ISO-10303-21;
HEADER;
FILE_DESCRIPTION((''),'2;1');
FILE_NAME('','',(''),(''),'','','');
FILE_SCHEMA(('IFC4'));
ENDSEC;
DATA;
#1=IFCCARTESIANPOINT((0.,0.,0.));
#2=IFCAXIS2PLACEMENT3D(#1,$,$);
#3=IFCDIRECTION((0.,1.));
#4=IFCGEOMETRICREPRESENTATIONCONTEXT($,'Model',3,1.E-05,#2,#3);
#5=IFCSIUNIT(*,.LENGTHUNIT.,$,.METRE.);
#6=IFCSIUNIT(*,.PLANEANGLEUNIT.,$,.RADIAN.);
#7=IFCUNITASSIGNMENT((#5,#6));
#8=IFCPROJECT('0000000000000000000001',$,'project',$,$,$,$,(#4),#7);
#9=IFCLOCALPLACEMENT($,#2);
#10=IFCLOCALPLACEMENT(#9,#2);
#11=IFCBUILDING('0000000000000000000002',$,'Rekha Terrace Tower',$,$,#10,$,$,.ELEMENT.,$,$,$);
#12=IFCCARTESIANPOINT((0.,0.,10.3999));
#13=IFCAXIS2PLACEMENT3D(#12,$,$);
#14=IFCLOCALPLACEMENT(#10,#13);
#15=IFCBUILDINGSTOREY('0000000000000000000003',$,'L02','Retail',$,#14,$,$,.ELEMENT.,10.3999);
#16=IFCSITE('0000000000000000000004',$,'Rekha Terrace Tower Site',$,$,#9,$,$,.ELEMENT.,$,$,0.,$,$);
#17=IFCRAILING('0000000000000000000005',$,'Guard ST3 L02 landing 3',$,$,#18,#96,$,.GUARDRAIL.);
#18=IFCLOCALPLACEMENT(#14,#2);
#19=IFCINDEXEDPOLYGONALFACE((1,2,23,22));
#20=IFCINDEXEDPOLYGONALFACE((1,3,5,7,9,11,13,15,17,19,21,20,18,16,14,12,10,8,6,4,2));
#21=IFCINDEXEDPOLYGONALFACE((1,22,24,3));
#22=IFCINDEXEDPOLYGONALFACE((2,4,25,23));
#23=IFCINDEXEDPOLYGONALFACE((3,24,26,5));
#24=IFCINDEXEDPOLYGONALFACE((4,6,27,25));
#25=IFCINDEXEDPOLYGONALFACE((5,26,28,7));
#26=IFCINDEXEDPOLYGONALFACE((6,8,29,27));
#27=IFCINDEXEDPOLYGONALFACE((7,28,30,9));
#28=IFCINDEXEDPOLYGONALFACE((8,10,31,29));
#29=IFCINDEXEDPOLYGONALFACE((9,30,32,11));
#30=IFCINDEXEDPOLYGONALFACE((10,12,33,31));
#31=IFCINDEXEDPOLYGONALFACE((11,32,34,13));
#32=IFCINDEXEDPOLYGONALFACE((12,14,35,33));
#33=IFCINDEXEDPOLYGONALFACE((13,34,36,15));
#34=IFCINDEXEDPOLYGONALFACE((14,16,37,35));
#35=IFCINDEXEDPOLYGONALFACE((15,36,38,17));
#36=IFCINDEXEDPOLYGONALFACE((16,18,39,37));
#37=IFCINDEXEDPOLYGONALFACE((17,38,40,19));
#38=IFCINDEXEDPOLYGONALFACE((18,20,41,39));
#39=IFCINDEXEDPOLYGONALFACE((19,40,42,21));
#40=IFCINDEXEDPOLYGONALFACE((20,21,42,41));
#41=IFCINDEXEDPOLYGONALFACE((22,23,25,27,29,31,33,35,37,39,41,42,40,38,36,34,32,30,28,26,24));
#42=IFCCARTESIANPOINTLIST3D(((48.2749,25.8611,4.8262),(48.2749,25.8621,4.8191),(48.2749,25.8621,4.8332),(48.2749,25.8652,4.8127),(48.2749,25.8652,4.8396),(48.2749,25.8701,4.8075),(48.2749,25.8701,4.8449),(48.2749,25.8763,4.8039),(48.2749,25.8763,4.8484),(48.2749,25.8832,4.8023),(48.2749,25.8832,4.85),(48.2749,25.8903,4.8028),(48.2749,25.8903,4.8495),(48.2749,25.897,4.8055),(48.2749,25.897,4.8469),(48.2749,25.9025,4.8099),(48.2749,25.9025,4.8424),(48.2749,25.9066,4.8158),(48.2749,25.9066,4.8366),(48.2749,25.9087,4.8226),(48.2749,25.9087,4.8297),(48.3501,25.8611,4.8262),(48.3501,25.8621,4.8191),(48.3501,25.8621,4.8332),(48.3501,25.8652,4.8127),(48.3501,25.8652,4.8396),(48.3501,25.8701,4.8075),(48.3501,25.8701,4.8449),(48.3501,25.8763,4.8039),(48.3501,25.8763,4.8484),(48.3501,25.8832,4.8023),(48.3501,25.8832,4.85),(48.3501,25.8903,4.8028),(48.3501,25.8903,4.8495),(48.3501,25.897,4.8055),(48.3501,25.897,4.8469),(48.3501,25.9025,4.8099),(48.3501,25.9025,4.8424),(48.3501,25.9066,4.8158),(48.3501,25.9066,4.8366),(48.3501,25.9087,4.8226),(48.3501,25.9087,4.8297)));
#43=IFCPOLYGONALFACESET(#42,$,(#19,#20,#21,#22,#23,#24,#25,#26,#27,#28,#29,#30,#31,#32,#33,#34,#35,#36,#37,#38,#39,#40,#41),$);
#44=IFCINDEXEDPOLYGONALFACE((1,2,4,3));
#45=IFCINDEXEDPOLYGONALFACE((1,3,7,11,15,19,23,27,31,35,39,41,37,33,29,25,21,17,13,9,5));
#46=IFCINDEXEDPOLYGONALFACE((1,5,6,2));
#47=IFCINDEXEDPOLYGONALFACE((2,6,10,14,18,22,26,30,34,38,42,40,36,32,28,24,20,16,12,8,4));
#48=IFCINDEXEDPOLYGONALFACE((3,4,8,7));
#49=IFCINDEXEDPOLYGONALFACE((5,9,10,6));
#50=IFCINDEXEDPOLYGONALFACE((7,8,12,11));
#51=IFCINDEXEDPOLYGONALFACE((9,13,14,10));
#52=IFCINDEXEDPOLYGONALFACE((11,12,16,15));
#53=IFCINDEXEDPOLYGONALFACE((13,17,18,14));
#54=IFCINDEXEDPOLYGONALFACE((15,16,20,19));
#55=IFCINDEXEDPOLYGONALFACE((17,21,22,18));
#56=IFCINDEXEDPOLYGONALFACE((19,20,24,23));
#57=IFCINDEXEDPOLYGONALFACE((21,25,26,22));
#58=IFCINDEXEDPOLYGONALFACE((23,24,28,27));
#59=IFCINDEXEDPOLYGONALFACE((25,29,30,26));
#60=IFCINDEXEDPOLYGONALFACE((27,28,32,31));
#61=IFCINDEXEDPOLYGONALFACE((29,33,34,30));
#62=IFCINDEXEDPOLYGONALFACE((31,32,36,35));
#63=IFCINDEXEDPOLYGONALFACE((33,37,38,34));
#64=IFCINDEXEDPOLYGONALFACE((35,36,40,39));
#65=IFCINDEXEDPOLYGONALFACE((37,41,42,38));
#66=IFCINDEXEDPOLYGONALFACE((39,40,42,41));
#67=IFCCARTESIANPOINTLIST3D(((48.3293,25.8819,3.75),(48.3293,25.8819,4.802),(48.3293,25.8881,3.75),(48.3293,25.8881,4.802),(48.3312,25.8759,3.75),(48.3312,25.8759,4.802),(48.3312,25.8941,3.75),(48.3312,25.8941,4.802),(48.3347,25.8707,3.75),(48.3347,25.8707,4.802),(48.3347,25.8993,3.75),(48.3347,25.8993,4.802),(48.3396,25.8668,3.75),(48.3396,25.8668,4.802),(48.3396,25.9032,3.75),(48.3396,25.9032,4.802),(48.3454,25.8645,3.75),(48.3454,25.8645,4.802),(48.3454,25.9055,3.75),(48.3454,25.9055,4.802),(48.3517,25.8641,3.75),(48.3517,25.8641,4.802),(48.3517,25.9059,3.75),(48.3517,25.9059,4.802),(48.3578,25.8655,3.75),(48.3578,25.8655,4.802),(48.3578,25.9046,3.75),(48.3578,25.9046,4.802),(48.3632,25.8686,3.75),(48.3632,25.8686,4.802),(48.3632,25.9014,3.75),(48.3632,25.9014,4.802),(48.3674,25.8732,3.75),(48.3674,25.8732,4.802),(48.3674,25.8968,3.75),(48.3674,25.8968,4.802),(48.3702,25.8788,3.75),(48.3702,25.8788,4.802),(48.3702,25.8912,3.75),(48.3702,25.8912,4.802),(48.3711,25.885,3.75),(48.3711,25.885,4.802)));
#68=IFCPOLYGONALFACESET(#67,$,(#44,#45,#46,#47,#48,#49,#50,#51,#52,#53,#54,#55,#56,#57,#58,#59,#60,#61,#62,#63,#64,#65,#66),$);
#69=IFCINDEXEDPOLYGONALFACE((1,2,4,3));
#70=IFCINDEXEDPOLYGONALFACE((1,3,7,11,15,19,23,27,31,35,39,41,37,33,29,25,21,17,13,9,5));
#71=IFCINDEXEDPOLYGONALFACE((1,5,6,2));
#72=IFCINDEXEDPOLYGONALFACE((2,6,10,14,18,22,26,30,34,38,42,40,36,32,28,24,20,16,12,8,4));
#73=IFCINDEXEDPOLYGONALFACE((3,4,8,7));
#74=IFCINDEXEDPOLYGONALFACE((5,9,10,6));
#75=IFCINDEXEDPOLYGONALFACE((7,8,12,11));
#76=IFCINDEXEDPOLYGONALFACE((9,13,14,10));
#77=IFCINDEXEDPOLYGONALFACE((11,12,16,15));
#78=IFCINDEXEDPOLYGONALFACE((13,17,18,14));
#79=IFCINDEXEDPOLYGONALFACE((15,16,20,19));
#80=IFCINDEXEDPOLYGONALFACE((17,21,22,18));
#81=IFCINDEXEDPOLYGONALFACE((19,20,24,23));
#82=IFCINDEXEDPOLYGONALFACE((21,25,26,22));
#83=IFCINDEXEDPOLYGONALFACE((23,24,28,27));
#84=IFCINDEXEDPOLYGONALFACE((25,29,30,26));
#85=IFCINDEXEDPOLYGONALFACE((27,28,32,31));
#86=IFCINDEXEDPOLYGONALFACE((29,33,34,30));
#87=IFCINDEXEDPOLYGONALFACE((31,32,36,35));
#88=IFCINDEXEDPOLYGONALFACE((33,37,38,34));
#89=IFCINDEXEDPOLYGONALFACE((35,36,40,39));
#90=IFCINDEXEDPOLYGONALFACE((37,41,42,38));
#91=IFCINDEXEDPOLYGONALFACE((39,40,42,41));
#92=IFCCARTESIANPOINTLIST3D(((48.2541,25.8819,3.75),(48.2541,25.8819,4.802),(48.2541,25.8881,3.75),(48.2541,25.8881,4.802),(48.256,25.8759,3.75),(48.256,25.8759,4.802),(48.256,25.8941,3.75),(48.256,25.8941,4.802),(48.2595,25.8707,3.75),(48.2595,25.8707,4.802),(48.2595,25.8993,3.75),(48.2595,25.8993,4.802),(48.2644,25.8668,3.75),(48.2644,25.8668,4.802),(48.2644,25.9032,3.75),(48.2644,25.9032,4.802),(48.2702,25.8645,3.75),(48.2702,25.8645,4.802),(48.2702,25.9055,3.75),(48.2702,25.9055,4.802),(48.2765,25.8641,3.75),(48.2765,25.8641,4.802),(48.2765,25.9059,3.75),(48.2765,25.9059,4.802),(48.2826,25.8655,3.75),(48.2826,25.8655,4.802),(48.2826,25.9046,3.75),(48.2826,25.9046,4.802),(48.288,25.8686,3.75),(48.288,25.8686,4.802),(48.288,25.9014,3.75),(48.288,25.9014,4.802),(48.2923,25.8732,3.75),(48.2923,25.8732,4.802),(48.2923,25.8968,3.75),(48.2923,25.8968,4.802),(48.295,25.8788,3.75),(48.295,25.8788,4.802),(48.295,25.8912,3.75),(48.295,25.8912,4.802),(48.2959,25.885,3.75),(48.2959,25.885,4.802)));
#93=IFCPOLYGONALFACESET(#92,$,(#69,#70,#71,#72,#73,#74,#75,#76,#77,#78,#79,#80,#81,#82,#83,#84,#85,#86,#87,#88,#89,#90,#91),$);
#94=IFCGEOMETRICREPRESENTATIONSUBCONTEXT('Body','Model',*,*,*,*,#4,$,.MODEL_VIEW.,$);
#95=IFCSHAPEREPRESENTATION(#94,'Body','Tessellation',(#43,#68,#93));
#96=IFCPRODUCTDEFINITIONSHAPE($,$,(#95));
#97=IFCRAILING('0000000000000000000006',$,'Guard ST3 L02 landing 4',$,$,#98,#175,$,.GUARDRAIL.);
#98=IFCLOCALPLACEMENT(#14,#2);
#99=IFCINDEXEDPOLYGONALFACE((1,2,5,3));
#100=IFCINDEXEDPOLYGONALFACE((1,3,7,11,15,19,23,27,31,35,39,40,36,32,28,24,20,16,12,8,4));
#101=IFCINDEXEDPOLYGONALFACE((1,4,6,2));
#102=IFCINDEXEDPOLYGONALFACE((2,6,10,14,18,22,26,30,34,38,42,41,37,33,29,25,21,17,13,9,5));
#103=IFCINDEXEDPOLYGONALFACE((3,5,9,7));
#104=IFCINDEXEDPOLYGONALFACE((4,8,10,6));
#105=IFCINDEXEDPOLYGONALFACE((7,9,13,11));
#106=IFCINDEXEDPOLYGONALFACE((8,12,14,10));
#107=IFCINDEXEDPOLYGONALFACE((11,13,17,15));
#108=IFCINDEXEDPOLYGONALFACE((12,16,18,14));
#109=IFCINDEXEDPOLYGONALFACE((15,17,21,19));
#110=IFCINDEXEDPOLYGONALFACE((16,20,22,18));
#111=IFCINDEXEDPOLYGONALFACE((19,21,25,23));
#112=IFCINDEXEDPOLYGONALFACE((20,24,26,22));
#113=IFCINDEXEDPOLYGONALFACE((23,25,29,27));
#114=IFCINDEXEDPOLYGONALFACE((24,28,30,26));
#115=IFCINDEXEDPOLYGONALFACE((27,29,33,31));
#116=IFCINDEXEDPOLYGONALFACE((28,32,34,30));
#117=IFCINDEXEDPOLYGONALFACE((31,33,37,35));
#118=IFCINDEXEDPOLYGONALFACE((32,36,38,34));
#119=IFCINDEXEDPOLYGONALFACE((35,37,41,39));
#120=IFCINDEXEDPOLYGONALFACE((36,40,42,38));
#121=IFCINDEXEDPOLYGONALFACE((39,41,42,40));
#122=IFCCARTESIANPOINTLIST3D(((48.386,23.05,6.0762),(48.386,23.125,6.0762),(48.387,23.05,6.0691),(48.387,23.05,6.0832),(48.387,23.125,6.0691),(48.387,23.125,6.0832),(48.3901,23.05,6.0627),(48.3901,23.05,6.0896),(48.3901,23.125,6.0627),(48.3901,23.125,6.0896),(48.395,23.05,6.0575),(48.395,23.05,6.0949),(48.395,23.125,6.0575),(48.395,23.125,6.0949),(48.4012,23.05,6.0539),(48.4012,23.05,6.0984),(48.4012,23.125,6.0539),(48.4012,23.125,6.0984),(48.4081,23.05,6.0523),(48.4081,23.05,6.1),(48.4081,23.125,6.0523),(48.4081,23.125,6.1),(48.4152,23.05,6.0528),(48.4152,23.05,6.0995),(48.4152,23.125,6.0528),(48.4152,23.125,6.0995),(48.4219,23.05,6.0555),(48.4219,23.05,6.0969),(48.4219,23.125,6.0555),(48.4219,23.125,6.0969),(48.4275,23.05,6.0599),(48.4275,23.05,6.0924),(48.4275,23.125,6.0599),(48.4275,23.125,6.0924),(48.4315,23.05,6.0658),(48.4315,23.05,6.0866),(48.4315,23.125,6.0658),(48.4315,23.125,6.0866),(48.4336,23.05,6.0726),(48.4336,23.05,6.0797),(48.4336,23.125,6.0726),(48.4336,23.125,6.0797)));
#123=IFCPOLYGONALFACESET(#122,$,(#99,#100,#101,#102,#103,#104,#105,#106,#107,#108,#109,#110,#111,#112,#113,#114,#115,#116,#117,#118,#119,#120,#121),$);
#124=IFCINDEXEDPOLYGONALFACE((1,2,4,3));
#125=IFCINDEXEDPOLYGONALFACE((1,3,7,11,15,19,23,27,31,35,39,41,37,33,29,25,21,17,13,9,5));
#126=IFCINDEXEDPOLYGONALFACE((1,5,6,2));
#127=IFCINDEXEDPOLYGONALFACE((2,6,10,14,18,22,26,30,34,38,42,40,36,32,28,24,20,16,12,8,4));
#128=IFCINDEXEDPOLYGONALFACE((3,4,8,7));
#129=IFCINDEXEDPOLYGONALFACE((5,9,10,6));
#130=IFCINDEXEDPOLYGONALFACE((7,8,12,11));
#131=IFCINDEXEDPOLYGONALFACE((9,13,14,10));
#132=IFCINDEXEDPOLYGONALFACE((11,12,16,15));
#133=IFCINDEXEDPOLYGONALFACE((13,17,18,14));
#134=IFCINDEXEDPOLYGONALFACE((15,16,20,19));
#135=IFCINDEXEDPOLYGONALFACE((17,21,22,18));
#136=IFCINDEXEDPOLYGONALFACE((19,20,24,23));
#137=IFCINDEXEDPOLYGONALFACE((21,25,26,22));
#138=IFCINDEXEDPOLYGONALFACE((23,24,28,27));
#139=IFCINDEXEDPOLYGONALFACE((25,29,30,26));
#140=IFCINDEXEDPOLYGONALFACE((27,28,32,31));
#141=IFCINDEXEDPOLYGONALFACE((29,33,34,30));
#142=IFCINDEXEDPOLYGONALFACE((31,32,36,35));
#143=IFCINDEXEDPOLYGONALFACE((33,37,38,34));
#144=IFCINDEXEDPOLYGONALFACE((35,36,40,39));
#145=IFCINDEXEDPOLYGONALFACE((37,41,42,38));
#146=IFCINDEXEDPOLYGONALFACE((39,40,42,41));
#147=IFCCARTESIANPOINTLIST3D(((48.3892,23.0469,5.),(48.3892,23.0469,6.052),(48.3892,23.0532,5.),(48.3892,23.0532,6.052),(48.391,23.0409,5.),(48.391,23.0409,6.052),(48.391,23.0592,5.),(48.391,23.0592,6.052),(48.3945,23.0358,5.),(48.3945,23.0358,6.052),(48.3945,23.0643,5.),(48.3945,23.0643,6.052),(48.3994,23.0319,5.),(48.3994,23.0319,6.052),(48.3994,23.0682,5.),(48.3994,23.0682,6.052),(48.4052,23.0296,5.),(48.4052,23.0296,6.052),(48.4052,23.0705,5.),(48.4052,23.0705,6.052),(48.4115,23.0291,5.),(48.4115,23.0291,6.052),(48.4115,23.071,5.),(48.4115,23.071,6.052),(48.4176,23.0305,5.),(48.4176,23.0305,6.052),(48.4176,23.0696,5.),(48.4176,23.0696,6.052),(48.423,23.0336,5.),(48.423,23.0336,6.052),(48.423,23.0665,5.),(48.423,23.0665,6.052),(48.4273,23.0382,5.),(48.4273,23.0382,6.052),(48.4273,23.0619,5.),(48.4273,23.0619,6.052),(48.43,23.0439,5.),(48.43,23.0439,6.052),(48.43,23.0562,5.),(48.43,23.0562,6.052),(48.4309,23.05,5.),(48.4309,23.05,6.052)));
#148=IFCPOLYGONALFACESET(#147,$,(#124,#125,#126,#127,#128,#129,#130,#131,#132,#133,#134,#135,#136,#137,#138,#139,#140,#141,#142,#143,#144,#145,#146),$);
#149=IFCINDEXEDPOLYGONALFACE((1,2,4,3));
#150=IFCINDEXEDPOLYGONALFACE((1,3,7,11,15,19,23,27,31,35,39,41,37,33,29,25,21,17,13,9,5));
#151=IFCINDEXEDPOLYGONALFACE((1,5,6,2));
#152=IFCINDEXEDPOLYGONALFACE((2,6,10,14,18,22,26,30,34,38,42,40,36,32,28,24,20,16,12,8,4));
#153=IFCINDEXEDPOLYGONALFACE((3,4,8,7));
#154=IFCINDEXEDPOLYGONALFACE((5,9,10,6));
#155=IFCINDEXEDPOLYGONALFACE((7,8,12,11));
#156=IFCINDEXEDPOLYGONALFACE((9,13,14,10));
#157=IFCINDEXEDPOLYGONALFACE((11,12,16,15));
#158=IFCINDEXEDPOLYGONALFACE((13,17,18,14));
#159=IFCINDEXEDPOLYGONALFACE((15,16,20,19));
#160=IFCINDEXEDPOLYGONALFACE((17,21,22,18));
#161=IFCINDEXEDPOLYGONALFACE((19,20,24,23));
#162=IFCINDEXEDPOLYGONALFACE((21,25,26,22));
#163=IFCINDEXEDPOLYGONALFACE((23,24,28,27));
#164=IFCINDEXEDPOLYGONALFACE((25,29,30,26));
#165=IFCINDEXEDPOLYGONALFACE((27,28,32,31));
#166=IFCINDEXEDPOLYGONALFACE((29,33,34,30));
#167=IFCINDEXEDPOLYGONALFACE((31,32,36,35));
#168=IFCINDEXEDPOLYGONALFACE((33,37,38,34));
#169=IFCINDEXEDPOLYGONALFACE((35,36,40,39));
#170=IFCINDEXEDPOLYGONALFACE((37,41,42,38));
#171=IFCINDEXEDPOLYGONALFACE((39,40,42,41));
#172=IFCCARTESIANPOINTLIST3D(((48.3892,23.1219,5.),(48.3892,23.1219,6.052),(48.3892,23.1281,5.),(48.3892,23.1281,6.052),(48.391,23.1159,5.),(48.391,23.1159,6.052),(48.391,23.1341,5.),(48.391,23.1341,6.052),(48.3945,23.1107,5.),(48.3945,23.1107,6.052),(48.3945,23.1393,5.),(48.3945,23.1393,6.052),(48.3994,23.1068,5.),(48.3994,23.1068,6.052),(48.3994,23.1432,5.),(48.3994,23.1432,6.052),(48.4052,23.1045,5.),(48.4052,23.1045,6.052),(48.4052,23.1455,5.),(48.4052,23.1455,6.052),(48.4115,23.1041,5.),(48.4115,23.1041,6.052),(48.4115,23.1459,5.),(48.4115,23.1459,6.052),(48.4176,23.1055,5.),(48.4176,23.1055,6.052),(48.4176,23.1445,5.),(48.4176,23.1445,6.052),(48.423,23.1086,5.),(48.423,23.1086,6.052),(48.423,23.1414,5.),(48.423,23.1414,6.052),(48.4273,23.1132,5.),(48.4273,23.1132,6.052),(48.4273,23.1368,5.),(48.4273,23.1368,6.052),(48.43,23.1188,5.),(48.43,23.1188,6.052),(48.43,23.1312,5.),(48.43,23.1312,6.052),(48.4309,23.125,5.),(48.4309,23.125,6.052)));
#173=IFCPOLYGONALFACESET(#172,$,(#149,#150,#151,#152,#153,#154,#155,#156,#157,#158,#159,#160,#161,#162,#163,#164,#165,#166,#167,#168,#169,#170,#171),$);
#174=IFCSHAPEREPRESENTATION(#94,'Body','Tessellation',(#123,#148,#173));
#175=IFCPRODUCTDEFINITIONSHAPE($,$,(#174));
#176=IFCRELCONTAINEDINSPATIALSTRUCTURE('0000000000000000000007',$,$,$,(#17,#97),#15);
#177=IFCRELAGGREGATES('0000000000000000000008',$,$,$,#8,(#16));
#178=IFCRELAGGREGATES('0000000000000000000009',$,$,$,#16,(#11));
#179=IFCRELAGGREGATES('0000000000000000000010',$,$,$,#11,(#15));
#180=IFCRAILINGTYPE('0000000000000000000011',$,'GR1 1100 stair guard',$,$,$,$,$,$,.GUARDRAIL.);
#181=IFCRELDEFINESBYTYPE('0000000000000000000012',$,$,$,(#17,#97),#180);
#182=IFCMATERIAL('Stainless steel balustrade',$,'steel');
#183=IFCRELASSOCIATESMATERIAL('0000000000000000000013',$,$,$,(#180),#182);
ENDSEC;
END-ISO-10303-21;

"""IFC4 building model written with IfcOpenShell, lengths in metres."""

from ifc_helpers import new_model, si_unit, direction, frame, origin, origin_2d, place, context, subcontext, project, spatial, circle, extrude, material, type_object, element, save


model = new_model("IFC4")

# Units and contexts
model_context = context("Model", 3, precision=1e-05, world=origin(), true_north=direction((0.0, 1.0)))
body_context = subcontext(model_context, "Body", "Model", "MODEL_VIEW")
ifc_project = project(units=[si_unit("LENGTHUNIT", "METRE"), si_unit("PLANEANGLEUNIT", "RADIAN")], contexts=[model_context])

# Site, building, storey
site_placement = place(None, origin())
site = spatial("IfcSite", under=ifc_project, at=site_placement, Name="Rekha Terrace Tower Site", CompositionType="ELEMENT", RefElevation=0.0)
building_placement = place(site_placement, origin())
building = spatial("IfcBuilding", under=site, at=building_placement, Name="Rekha Terrace Tower", CompositionType="ELEMENT")
storey_placement = place(building_placement, frame((0.0, 0.0, 10.3999)))
storey = spatial("IfcBuildingStorey", under=building, at=storey_placement, Name="L02", Description="Retail", CompositionType="ELEMENT", Elevation=10.3999)

# Railings
ifc_material_1 = material(Name="Stainless steel balustrade", Category="steel")
railing_type_1 = type_object("IfcRailingType", Name="GR1 1100 stair guard", PredefinedType="GUARDRAIL", material=ifc_material_1)
railing_1_placement = place(storey_placement, frame((48.3501, 25.885, 3.75)))
element("IfcRailing", 1, at=railing_1_placement, inside=storey, type_object=railing_type_1, Name="Guard ST3 L02 landing 3", PredefinedType="GUARDRAIL", context=body_context, shape_type="SweptSolid", body=[
    extrude(circle(Radius=0.0239, at=origin_2d()), frame((0.0, 0.0, 1.0762), z_axis=(-1.0, 0.0, 0.0), x_axis=(0.0, -1.0, 0.0)), (0.0, 0.0, 1.0), 0.0752),
    extrude(circle(Radius=0.021, at=origin_2d()), origin(), (0.0, 0.0, 1.0), 1.052),
    extrude(circle(Radius=0.021, at=origin_2d()), frame((-0.0752, 0.0, 0.0)), (0.0, 0.0, 1.0), 1.052),
])
railing_2_placement = place(storey_placement, frame((48.4099, 23.05, 5.0)))
element("IfcRailing", 2, at=railing_2_placement, inside=storey, type_object=railing_type_1, Name="Guard ST3 L02 landing 4", PredefinedType="GUARDRAIL", context=body_context, shape_type="SweptSolid", body=[
    extrude(circle(Radius=0.0239, at=origin_2d()), frame((0.0, 0.0, 1.0762), z_axis=(0.0, 1.0, 0.0), x_axis=(-1.0, 0.0, 0.0)), (0.0, 0.0, 1.0), 0.075),
    extrude(circle(Radius=0.021, at=origin_2d()), origin(), (0.0, 0.0, 1.0), 1.052),
    extrude(circle(Radius=0.021, at=origin_2d()), frame((0.0, 0.075, 0.0)), (0.0, 0.0, 1.0), 1.052),
])

save(model, "model.ifc")
